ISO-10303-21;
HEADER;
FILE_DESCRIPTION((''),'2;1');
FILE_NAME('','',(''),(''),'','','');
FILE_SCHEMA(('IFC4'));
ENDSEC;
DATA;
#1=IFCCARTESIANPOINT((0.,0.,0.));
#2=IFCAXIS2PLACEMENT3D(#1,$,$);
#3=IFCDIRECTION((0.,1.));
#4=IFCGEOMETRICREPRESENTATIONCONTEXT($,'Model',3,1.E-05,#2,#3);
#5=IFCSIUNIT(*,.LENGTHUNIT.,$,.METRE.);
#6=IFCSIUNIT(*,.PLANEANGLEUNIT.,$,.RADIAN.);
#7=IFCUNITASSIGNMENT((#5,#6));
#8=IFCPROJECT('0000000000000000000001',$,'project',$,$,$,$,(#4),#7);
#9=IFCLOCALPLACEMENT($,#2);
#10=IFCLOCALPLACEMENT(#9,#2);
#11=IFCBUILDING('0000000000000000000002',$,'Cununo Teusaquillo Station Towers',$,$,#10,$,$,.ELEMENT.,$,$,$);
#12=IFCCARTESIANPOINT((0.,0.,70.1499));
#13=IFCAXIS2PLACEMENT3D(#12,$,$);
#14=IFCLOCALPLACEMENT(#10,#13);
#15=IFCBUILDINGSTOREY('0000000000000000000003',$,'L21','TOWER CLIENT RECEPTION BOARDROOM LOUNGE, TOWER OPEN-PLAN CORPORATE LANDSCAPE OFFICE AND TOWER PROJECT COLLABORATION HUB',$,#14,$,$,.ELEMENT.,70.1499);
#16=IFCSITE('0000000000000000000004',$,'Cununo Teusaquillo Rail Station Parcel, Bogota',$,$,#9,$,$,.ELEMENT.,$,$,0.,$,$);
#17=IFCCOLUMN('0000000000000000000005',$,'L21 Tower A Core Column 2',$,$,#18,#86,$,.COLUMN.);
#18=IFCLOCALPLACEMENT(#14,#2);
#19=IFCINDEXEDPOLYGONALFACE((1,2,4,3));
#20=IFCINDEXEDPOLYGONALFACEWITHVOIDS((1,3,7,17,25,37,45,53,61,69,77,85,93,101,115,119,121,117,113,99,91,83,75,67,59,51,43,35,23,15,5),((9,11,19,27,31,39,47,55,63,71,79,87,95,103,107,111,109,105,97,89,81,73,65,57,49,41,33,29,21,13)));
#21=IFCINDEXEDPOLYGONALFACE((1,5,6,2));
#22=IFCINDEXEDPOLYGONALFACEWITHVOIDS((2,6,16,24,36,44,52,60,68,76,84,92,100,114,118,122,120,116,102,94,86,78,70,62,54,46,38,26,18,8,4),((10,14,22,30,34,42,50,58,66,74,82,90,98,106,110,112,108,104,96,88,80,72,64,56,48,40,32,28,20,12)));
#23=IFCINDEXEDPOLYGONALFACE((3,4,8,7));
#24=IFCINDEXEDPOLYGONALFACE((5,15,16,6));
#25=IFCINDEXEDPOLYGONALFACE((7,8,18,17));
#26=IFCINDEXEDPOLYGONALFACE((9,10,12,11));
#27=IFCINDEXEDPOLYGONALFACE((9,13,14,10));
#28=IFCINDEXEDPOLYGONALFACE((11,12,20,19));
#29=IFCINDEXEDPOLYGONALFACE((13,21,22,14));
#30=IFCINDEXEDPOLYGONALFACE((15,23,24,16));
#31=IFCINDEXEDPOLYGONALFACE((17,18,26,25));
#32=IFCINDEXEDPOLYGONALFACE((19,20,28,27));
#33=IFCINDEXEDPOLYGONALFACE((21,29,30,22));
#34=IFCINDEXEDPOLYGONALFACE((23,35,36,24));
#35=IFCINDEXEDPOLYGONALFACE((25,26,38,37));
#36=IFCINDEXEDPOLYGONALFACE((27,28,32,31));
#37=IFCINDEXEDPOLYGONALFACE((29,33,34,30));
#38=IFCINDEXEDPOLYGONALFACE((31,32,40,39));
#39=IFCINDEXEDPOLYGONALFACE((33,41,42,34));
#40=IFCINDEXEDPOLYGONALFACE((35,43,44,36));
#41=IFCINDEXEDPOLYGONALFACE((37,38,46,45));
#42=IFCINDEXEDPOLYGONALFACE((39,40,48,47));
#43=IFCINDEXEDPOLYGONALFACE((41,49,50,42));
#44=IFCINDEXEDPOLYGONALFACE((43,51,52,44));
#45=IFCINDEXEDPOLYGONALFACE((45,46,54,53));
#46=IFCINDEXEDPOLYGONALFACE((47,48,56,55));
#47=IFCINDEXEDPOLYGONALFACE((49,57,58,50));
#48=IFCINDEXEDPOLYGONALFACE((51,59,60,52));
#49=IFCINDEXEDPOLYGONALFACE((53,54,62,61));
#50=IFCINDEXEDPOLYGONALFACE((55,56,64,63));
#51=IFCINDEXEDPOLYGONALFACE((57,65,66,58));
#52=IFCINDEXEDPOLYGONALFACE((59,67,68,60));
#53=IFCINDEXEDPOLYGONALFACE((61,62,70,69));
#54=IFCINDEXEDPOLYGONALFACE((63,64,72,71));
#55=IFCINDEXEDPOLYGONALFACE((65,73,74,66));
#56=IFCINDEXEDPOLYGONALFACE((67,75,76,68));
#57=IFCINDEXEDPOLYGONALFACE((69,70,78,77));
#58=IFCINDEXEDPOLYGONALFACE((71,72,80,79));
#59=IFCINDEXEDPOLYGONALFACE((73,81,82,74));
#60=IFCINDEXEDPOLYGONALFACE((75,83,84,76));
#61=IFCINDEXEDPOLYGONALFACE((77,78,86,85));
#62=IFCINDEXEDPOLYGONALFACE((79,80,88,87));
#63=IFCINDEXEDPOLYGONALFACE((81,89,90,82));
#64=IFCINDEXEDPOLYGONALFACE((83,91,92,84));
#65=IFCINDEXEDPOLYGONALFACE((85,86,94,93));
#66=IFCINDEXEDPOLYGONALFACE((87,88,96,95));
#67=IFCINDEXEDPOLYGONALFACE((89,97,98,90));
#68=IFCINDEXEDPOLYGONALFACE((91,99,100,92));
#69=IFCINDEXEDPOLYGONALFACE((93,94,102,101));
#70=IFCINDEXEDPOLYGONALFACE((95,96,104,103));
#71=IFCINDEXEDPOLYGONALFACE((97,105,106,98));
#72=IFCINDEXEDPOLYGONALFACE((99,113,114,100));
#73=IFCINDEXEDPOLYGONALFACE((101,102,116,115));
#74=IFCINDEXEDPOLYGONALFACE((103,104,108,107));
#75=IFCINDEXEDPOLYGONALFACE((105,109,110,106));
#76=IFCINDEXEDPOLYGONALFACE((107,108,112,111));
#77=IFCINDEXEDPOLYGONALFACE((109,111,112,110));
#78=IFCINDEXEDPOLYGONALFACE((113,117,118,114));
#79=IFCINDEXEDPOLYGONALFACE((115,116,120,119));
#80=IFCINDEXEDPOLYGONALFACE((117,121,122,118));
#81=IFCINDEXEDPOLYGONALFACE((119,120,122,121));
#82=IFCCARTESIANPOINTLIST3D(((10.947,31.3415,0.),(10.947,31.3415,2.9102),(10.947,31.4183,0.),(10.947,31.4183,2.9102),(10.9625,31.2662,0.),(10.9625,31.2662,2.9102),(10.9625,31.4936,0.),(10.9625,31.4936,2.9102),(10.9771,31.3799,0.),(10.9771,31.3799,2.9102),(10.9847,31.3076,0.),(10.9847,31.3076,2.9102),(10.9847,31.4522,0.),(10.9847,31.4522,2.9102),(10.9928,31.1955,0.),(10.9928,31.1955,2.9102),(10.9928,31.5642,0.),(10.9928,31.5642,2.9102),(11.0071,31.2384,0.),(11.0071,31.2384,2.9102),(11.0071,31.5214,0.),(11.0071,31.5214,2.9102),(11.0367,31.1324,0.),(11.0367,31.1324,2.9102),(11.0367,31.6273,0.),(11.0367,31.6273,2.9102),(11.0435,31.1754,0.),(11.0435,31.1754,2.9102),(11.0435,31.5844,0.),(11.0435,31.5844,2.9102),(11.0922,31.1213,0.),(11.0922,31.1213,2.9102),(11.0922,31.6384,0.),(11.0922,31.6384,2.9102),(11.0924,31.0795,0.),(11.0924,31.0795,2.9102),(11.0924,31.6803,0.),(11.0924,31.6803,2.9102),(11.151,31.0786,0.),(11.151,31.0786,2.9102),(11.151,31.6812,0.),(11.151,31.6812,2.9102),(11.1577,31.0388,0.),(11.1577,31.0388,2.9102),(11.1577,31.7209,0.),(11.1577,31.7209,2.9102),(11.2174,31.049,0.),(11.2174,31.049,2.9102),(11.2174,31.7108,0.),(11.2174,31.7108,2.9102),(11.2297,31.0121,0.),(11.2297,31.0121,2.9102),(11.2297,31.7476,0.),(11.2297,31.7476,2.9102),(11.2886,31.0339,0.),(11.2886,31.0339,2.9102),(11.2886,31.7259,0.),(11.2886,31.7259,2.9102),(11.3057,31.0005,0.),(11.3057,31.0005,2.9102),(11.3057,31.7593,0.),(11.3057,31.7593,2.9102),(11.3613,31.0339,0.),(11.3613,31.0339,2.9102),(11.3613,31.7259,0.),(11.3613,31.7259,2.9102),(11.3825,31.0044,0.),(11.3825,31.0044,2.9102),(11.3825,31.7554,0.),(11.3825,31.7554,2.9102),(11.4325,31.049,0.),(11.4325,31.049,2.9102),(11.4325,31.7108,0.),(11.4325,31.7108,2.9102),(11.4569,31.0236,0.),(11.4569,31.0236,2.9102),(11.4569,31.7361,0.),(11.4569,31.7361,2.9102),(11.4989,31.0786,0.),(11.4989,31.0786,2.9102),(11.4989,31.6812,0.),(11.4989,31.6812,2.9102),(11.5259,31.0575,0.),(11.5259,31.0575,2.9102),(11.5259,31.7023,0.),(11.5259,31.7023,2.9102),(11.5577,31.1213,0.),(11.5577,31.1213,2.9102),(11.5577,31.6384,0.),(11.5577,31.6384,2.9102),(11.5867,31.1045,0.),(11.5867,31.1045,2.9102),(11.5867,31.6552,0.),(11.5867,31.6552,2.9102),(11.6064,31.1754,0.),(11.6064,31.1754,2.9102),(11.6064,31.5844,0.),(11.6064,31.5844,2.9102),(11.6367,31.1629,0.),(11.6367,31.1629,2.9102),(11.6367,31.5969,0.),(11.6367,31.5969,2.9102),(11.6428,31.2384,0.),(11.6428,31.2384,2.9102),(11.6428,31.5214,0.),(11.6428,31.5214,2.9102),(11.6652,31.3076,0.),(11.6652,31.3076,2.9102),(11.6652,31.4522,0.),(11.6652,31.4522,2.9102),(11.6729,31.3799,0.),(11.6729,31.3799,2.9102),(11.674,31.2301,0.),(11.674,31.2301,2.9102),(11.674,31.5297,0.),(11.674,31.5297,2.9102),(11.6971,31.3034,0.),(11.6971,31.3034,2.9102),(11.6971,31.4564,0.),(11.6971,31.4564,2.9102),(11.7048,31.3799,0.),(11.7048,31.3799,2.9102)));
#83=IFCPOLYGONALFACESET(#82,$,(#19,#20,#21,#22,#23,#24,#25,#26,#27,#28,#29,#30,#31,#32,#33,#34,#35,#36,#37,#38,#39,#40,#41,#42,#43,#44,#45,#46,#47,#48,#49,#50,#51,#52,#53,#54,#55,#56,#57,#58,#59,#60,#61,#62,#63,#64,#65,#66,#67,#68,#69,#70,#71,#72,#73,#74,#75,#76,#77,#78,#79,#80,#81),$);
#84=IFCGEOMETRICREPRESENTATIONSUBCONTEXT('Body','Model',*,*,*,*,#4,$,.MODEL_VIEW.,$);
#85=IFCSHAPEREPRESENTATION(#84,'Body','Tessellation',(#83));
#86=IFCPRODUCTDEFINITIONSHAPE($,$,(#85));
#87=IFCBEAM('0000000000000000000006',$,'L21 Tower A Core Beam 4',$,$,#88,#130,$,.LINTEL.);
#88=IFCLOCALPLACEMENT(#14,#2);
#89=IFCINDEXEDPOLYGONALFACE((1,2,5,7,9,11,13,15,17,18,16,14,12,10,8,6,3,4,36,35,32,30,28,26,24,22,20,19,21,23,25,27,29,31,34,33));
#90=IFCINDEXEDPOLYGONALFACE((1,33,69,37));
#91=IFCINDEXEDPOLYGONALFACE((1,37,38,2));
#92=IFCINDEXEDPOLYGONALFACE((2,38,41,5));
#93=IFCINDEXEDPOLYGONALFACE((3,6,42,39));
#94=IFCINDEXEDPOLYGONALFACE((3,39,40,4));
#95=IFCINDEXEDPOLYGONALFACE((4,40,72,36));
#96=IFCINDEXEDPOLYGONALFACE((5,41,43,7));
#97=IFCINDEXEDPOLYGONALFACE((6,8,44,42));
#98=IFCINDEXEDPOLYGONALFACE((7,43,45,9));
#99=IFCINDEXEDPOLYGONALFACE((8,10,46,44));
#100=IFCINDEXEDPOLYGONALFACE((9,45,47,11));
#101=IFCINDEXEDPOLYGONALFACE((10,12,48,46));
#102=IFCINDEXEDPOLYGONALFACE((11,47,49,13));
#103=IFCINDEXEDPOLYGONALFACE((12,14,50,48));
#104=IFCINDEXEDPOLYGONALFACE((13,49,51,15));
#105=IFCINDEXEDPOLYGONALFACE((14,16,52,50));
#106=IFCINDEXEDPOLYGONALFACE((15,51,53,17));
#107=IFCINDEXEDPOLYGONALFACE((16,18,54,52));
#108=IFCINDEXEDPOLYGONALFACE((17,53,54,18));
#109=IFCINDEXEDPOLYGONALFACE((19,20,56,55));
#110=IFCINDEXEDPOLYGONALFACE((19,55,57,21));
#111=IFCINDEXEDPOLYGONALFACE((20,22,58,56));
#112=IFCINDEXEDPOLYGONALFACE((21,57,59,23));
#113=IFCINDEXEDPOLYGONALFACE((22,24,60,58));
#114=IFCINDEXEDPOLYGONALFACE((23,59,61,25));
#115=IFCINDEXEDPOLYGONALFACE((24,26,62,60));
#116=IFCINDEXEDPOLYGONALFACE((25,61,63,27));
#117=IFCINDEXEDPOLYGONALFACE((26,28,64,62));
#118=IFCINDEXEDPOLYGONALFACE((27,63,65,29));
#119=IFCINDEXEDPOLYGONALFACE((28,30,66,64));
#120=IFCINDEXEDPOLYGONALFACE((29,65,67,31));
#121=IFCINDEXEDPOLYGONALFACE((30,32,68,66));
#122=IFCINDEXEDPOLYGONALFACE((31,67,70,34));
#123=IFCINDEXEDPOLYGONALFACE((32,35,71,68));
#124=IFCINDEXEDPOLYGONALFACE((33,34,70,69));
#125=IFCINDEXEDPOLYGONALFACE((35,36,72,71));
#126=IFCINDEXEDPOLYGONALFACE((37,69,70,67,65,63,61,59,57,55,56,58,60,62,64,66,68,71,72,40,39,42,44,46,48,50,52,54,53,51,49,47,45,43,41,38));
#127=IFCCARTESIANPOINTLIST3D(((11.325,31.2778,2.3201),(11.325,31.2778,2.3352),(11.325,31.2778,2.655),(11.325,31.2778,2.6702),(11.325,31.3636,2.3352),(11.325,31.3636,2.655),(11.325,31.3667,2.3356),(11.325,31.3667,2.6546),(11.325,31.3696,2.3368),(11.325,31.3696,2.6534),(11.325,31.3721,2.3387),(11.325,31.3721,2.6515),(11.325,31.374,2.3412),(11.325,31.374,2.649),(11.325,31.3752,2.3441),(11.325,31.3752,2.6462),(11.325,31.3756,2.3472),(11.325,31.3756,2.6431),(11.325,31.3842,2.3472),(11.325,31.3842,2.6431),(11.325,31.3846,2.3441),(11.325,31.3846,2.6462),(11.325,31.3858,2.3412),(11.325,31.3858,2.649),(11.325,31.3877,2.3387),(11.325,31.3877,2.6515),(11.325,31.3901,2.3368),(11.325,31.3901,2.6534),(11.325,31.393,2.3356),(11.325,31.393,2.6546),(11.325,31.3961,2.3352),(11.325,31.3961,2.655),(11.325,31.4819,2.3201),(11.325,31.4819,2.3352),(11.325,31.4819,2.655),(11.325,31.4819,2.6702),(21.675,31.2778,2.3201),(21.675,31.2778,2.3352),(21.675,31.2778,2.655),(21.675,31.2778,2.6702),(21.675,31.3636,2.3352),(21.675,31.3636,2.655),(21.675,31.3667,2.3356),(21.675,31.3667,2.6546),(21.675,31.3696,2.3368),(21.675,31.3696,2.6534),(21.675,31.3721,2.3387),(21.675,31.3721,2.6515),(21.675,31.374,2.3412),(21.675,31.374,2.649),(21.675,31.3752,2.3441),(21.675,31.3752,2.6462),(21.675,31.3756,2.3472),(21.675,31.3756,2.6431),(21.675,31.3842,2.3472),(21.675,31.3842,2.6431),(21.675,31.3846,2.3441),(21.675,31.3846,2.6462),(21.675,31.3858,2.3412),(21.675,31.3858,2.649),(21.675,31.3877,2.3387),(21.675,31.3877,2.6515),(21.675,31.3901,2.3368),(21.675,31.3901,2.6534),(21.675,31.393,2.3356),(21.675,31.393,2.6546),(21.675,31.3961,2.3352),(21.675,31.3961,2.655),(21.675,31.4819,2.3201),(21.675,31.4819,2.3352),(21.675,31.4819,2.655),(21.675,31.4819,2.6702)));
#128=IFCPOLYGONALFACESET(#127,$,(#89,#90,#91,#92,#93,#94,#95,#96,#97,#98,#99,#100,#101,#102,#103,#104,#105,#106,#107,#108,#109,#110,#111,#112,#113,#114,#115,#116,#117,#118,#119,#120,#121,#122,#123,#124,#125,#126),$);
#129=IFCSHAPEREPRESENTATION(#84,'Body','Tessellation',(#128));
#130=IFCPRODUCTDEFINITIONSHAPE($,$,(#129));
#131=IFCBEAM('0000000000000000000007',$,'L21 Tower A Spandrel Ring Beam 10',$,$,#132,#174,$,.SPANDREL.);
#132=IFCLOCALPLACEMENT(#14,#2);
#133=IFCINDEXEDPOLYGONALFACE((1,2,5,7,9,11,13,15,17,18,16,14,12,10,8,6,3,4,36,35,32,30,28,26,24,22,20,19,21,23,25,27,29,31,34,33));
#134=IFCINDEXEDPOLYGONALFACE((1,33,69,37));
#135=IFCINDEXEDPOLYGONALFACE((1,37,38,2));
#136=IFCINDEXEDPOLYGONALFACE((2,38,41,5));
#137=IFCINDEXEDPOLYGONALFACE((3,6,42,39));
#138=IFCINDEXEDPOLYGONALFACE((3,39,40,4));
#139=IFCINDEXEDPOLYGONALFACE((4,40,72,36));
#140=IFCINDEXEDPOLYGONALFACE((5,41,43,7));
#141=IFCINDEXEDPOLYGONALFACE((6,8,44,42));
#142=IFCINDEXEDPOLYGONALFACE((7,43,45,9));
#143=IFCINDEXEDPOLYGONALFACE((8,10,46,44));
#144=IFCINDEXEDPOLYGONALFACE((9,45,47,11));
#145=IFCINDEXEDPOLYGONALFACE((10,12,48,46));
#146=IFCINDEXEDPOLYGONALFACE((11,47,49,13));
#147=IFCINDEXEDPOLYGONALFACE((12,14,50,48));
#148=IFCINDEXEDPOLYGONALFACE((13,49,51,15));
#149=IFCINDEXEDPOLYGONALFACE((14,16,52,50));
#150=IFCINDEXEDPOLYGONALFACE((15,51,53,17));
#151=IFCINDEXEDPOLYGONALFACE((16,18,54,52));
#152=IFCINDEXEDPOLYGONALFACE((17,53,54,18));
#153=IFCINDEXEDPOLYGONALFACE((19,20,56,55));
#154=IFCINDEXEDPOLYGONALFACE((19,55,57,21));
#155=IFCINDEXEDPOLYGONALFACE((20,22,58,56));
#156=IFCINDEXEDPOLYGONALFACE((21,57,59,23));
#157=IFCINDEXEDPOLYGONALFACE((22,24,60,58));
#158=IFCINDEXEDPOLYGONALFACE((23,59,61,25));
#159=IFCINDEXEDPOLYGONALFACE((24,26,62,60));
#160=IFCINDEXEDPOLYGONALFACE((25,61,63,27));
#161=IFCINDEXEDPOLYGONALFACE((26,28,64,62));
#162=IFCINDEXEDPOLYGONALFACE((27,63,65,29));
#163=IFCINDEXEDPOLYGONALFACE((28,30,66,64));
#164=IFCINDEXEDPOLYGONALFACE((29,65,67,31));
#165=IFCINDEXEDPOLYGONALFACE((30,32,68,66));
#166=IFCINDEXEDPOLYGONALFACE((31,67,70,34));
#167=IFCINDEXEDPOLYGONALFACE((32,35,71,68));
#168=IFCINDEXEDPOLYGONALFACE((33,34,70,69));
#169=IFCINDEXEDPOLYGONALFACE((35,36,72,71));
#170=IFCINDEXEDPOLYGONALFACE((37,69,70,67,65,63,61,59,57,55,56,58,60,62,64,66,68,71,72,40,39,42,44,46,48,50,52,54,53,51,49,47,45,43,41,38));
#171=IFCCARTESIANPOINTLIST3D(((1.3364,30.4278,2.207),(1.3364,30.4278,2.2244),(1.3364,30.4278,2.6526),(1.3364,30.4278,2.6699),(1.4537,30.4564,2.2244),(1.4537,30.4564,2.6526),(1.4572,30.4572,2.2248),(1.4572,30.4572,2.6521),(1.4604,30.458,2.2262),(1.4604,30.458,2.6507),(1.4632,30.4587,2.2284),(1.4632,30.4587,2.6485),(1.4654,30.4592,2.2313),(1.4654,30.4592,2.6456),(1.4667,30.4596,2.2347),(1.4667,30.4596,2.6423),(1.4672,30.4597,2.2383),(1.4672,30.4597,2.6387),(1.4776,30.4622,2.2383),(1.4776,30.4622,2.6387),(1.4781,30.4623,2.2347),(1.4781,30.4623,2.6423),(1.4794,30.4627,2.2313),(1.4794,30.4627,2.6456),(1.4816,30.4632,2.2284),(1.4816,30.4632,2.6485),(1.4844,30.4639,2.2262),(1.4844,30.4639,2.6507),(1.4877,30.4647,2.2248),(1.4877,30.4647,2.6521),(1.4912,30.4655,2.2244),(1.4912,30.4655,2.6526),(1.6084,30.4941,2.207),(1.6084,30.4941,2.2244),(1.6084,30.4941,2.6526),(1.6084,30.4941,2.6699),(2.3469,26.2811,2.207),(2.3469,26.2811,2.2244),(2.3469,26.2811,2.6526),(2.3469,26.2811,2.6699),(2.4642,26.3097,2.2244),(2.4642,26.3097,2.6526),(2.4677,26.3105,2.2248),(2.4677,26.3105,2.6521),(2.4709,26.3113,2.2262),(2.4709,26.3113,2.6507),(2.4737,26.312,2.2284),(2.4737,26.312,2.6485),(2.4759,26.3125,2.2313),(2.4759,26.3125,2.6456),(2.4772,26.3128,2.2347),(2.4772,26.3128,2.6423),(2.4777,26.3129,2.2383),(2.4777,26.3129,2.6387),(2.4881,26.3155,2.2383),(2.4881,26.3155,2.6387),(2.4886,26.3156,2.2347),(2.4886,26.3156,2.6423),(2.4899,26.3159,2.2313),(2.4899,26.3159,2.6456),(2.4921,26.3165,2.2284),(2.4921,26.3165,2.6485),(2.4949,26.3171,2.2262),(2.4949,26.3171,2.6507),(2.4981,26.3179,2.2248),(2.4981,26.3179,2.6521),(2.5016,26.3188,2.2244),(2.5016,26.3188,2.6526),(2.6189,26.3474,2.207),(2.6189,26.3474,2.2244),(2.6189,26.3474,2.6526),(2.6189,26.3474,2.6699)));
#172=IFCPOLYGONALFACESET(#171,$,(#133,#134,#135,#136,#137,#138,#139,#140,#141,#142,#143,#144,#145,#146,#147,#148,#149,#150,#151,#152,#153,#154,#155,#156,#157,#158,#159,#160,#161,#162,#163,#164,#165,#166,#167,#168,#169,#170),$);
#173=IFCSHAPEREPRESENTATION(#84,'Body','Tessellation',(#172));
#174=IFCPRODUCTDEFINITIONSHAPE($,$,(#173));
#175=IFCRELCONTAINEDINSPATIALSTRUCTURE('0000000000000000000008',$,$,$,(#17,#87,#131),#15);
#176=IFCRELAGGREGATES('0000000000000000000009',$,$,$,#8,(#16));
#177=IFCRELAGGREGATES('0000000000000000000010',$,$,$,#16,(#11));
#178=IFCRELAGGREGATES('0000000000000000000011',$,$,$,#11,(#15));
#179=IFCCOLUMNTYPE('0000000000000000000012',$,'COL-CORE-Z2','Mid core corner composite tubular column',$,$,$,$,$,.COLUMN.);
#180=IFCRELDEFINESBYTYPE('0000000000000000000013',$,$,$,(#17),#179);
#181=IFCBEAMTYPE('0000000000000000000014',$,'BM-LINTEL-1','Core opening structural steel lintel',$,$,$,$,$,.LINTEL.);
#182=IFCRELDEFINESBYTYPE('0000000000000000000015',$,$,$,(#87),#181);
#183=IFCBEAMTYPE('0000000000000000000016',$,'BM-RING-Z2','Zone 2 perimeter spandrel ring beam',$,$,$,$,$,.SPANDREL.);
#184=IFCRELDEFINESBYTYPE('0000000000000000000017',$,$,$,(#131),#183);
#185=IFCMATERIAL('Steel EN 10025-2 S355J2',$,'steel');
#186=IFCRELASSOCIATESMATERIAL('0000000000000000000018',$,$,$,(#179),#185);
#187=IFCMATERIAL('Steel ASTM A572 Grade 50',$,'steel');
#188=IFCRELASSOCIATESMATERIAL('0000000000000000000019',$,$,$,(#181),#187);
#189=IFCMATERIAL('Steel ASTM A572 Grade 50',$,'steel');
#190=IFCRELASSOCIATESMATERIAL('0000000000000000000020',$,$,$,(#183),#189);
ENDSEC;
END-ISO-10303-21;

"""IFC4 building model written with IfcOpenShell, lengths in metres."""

from ifc_helpers import new_model, si_unit, direction, frame, origin, origin_2d, place, context, subcontext, project, spatial, hollow_circle, i_section, extrude, material, material_profile, profile_set, type_object, element, save


model = new_model("IFC4")

# Units and contexts
model_context = context("Model", 3, precision=1e-05, world=origin(), true_north=direction((0.0, 1.0)))
body_context = subcontext(model_context, "Body", "Model", "MODEL_VIEW")
ifc_project = project(units=[si_unit("LENGTHUNIT", "METRE"), si_unit("PLANEANGLEUNIT", "RADIAN")], contexts=[model_context])

# Site, building, storey
site_placement = place(None, origin())
site = spatial("IfcSite", under=ifc_project, at=site_placement, Name="Cununo Teusaquillo Rail Station Parcel, Bogota", CompositionType="ELEMENT", RefElevation=0.0)
building_placement = place(site_placement, origin())
building = spatial("IfcBuilding", under=site, at=building_placement, Name="Cununo Teusaquillo Station Towers", CompositionType="ELEMENT")
storey_placement = place(building_placement, frame((0.0, 0.0, 70.1499)))
storey = spatial("IfcBuildingStorey", under=building, at=storey_placement, Name="L21", Description="TOWER CLIENT RECEPTION BOARDROOM LOUNGE, TOWER OPEN-PLAN CORPORATE LANDSCAPE OFFICE AND TOWER PROJECT COLLABORATION HUB", CompositionType="ELEMENT", Elevation=70.1499)

# Column
ifc_material_1 = material(Name="Steel EN 10025-2 S355J2", Category="steel")
ifc_material_profile_1 = material_profile(ifc_material_1, hollow_circle(Radius=0.3799, WallThickness=0.032, at=origin_2d()), Name="CHS 760x32")
ifc_profile_set_1 = profile_set([ifc_material_profile_1], Name="Steel EN 10025-2 S355J2")
column_type = type_object("IfcColumnType", Name="COL-CORE-Z2", Description="Mid core corner composite tubular column", PredefinedType="COLUMN", material=ifc_profile_set_1)
column_placement = place(storey_placement, frame((11.325, 31.3799, 0.0), z_axis=(0.0, 0.0, 1.0), x_axis=(1.0, 0.0, 0.0)))
element("IfcColumn", 1, at=column_placement, inside=storey, type_object=column_type, Name="L21 Tower A Core Column 2", PredefinedType="COLUMN", context=body_context, shape_type="SweptSolid", body=[
    extrude(hollow_circle(Radius=0.3799, WallThickness=0.032, at=origin_2d()), origin(), (0.0, 0.0, 1.0), 2.9102),
])

# Beams
ifc_material_2 = material(Name="Steel ASTM A572 Grade 50", Category="steel")
ifc_material_profile_2 = material_profile(ifc_material_2, i_section(OverallWidth=0.2041, OverallDepth=0.3501, WebThickness=0.0085, FlangeThickness=0.0151, FilletRadius=0.012, at=origin_2d()), Name="W14X48")
ifc_profile_set_2 = profile_set([ifc_material_profile_2], Name="Steel ASTM A572 Grade 50")
beam_type_1 = type_object("IfcBeamType", Name="BM-LINTEL-1", Description="Core opening structural steel lintel", PredefinedType="LINTEL", material=ifc_profile_set_2)
beam_1_placement = place(storey_placement, frame((11.325, 31.3799, 2.4951), z_axis=(1.0, 0.0, 0.0), x_axis=(0.0, 1.0, 0.0)))
element("IfcBeam", 2, at=beam_1_placement, inside=storey, type_object=beam_type_1, Name="L21 Tower A Core Beam 4", PredefinedType="LINTEL", context=body_context, shape_type="SweptSolid", body=[
    extrude(i_section(OverallWidth=0.2041, OverallDepth=0.3501, WebThickness=0.0085, FlangeThickness=0.0151, FilletRadius=0.012, at=origin_2d()), origin(), (0.0, 0.0, 1.0), 10.3501),
])
ifc_material_3 = material(Name="Steel ASTM A572 Grade 50", Category="steel")
ifc_material_profile_3 = material_profile(ifc_material_3, i_section(OverallWidth=0.28, OverallDepth=0.4629, WebThickness=0.0107, FlangeThickness=0.0173, FilletRadius=0.0139, at=origin_2d()), Name="W18X76")
ifc_profile_set_3 = profile_set([ifc_material_profile_3], Name="Steel ASTM A572 Grade 50")
beam_type_2 = type_object("IfcBeamType", Name="BM-RING-Z2", Description="Zone 2 perimeter spandrel ring beam", PredefinedType="SPANDREL", material=ifc_profile_set_3)
beam_2_placement = place(storey_placement, frame((1.4724, 30.4609, 2.4385), z_axis=(0.236757, -0.971569, 0.0), x_axis=(0.971569, 0.236757, 0.0)))
element("IfcBeam", 3, at=beam_2_placement, inside=storey, type_object=beam_type_2, Name="L21 Tower A Spandrel Ring Beam 10", PredefinedType="SPANDREL", context=body_context, shape_type="SweptSolid", body=[
    extrude(i_section(OverallWidth=0.28, OverallDepth=0.4629, WebThickness=0.0107, FlangeThickness=0.0173, FilletRadius=0.0139, at=origin_2d()), origin(), (0.0, 0.0, 1.0), 4.2681),
])

save(model, "model.ifc")
